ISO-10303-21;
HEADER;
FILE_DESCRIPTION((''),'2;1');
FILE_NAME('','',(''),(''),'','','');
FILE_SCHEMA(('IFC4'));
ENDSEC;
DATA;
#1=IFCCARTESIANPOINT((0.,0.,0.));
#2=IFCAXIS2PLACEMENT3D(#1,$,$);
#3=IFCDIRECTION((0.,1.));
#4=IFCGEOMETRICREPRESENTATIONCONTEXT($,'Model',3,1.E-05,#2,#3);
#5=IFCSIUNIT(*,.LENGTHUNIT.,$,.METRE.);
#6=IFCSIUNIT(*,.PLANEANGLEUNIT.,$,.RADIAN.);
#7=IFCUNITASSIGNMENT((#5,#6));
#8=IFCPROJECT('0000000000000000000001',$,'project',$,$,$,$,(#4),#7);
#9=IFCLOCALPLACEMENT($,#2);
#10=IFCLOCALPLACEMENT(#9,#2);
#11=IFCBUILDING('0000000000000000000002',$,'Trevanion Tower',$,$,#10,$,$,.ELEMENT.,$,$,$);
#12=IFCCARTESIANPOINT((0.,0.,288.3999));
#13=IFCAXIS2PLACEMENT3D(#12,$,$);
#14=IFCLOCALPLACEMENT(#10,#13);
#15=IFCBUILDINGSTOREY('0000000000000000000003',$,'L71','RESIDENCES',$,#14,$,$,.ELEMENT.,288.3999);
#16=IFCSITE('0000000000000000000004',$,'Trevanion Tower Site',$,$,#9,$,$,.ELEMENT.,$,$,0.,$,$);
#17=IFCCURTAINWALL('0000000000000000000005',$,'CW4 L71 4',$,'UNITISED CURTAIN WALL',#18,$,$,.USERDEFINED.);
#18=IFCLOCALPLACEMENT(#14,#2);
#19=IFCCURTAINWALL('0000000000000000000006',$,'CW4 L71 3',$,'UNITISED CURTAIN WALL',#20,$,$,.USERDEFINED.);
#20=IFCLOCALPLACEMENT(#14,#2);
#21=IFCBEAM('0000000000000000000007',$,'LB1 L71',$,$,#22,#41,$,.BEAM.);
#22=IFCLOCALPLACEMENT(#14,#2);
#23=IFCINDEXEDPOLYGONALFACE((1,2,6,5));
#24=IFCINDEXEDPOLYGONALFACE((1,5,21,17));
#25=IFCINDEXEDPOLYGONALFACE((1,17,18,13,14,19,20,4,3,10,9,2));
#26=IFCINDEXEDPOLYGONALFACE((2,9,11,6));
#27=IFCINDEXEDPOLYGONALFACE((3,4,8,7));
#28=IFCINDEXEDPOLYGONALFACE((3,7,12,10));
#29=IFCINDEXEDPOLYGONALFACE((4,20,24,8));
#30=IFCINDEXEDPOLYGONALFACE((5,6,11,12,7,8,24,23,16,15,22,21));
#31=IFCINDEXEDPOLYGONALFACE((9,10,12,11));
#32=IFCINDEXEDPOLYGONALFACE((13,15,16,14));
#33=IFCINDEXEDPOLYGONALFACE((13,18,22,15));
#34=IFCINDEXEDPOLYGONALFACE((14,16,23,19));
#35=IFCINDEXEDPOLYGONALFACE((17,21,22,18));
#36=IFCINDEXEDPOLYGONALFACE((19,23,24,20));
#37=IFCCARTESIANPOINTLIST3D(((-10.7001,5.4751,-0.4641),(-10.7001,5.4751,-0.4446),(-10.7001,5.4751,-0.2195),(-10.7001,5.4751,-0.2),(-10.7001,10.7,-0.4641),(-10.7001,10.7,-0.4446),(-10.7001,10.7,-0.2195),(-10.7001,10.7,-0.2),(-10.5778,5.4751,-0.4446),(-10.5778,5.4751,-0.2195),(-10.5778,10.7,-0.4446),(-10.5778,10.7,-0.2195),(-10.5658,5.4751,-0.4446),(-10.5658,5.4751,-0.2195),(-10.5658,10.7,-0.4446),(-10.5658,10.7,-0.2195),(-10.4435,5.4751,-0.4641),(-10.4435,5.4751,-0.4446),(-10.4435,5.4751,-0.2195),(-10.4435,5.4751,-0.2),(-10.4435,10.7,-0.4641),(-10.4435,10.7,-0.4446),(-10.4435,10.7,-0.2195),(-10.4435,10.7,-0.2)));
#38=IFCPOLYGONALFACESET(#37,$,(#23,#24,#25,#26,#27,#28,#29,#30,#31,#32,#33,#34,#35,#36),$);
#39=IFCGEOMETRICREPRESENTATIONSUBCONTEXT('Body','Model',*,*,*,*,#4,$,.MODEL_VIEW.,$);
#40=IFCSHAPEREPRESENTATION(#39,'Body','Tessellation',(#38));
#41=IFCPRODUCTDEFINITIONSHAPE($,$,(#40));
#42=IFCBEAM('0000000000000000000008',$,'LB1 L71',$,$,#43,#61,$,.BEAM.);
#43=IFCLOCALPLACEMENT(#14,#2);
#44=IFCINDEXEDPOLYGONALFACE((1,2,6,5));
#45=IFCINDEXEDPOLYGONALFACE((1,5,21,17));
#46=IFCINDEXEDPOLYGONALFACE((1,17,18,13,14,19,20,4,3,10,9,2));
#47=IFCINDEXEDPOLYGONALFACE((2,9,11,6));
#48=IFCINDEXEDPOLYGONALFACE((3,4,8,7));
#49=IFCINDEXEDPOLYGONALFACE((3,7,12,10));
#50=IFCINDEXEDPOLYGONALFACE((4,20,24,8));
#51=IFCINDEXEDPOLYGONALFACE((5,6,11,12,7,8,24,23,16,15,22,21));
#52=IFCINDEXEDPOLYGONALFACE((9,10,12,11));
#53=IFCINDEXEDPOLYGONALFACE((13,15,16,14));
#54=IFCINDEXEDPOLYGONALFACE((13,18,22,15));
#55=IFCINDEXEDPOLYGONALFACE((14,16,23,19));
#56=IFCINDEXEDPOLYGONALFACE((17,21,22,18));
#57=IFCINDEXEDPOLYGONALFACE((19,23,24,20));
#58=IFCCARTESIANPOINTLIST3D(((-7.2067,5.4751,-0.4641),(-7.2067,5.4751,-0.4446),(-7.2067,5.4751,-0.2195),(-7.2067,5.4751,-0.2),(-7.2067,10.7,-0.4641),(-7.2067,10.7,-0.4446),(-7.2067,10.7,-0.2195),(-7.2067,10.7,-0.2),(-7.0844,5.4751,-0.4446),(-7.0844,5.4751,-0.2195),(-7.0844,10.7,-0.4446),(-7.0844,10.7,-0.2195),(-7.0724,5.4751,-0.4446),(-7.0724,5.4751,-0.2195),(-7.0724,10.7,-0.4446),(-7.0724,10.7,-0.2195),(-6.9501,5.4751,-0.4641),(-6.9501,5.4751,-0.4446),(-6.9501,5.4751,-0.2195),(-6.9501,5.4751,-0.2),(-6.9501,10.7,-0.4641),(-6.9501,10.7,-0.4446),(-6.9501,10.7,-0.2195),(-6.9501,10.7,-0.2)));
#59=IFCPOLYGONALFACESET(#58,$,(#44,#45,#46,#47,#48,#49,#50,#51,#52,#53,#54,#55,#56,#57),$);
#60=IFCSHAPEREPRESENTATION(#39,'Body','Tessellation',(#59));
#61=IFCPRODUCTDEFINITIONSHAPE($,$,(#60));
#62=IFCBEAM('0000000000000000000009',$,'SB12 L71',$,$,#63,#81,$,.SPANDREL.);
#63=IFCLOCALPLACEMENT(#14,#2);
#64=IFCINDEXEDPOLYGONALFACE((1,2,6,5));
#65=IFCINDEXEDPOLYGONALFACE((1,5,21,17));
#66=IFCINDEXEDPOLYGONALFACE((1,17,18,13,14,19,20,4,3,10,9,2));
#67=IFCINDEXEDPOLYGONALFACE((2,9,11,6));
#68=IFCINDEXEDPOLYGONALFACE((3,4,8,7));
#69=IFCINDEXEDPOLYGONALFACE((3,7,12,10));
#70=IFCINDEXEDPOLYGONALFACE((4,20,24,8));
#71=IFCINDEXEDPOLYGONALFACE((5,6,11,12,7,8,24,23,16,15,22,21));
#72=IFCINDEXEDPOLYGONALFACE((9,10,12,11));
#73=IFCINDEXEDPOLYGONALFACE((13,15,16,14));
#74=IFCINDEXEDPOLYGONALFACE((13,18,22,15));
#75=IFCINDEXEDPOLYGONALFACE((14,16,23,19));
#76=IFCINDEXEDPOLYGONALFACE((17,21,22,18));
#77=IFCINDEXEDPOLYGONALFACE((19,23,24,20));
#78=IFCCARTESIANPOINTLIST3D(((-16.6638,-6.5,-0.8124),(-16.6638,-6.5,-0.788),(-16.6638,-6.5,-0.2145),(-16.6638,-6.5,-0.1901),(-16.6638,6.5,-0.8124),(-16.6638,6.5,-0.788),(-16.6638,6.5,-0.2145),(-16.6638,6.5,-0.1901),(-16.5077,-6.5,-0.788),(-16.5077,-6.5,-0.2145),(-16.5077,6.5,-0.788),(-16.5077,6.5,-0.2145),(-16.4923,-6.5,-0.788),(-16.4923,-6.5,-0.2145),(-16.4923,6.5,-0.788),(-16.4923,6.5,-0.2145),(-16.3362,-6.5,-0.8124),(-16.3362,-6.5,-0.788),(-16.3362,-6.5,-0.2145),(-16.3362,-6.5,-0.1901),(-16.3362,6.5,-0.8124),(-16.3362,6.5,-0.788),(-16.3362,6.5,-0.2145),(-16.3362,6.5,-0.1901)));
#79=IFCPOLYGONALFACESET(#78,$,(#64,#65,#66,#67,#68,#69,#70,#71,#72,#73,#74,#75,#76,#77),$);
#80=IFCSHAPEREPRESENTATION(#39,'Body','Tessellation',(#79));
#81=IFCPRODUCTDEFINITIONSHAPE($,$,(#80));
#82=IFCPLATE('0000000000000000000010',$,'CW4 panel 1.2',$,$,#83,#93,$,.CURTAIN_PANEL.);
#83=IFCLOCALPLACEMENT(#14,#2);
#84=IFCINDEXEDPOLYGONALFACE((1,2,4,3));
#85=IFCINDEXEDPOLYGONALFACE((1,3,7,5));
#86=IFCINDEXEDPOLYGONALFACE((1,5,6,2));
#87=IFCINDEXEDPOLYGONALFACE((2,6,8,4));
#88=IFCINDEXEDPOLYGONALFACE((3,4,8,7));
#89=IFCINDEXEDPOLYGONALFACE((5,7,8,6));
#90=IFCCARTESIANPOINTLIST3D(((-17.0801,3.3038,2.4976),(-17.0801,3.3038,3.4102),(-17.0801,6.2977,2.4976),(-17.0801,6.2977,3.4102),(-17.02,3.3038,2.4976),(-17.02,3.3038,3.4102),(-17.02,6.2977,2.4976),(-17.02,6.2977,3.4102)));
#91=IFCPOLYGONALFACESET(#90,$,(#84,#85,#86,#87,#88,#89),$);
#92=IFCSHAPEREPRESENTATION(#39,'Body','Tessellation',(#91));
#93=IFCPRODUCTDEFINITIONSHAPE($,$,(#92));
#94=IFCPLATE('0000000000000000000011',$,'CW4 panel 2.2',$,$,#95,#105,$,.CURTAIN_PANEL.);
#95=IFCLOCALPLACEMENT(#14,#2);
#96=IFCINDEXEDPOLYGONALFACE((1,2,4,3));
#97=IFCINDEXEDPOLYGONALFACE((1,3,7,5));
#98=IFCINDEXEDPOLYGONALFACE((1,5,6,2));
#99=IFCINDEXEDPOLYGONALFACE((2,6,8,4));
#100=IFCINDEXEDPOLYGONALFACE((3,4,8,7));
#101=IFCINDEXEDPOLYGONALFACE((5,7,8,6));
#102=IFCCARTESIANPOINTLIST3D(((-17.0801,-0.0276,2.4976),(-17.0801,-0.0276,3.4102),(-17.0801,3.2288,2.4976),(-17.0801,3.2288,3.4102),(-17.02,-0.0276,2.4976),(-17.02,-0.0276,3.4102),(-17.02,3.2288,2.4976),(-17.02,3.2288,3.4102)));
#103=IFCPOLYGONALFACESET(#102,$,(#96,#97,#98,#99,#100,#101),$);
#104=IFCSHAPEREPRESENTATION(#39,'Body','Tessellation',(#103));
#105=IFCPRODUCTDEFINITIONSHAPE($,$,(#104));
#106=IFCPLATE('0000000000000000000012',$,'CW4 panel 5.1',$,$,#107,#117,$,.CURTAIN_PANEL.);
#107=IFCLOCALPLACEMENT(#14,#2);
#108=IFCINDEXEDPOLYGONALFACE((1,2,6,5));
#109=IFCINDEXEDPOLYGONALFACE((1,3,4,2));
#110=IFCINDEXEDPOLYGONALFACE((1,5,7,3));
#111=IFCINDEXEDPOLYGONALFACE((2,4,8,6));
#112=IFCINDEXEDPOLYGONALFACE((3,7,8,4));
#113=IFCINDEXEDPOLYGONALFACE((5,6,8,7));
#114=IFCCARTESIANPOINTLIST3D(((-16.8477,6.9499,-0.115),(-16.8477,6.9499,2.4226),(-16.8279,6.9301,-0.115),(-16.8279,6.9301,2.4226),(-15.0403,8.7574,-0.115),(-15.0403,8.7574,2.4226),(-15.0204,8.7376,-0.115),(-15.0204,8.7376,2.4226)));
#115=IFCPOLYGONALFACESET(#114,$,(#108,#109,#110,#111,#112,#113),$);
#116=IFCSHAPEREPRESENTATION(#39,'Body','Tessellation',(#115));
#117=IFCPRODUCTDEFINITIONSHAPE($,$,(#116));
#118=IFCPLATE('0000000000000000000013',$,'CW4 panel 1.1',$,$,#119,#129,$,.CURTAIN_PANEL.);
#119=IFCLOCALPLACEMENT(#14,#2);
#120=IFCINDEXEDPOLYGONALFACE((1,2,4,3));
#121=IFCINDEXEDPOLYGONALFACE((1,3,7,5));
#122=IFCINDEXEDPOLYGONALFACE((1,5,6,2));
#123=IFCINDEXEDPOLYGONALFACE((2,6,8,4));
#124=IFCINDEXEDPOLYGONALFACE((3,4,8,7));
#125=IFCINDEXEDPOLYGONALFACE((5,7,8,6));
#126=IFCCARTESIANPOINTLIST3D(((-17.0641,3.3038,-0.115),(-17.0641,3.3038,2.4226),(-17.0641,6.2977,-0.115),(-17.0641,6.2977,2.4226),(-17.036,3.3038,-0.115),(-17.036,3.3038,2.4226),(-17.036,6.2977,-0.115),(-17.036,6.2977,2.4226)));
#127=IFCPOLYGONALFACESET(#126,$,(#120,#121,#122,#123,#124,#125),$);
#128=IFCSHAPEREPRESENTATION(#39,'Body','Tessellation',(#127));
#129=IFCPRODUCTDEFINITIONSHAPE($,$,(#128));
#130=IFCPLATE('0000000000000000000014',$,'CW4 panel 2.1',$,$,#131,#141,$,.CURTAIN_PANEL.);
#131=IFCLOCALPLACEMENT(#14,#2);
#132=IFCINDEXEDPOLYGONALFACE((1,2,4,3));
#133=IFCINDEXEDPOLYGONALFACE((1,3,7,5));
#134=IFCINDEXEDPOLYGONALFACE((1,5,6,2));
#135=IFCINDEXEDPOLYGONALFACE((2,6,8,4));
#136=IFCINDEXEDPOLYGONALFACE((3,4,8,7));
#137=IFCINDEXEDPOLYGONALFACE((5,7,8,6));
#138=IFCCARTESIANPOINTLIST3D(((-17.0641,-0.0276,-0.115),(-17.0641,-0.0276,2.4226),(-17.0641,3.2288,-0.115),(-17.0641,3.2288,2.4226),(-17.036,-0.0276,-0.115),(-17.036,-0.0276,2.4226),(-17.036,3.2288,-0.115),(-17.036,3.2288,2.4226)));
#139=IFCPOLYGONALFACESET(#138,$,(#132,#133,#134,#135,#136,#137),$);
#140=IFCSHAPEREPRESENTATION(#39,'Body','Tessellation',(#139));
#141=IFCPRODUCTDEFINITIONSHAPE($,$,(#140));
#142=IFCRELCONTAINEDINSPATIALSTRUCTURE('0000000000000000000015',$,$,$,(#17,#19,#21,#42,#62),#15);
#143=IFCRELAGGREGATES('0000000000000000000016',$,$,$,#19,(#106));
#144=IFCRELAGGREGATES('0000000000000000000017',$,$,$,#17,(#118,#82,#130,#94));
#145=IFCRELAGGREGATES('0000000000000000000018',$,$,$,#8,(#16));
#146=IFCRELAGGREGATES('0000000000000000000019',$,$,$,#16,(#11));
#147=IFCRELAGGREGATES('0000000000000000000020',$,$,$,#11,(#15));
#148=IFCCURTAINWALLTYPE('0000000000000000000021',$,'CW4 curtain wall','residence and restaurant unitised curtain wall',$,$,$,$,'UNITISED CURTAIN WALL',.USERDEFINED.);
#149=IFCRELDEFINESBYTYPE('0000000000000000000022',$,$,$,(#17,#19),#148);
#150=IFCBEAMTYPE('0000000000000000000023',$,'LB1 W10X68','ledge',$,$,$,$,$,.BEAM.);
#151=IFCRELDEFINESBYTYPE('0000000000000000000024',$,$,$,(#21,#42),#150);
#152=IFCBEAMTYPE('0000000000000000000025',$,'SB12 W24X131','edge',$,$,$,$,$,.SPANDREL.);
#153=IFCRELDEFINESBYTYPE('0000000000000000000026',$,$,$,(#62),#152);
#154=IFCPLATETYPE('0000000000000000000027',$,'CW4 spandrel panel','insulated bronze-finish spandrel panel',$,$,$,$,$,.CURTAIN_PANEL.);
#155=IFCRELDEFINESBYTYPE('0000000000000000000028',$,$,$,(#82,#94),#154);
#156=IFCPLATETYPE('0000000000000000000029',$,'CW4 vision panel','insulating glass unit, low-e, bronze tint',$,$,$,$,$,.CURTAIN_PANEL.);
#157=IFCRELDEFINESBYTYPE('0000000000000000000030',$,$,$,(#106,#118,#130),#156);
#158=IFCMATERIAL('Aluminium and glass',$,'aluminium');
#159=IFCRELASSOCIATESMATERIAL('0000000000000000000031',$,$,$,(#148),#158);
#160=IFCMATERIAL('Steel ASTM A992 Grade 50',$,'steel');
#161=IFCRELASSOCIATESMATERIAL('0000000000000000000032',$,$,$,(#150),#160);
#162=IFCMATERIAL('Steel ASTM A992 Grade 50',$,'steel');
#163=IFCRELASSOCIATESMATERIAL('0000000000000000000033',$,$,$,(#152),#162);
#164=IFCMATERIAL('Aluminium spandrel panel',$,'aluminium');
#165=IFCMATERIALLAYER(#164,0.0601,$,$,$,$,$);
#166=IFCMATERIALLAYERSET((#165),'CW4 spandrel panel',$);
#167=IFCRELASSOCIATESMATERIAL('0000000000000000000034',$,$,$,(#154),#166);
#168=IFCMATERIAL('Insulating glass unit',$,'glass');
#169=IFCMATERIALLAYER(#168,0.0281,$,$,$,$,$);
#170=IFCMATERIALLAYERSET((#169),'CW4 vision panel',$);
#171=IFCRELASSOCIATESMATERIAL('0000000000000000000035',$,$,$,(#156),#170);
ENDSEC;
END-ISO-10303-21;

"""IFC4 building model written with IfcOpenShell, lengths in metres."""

from ifc_helpers import new_model, si_unit, direction, frame, origin, origin_2d, place, context, subcontext, project, spatial, rectangle, i_section, extrude, material, layer, layer_set, material_profile, profile_set, type_object, element, aggregate, save


model = new_model("IFC4")

# Units and contexts
model_context = context("Model", 3, precision=1e-05, world=origin(), true_north=direction((0.0, 1.0)))
body_context = subcontext(model_context, "Body", "Model", "MODEL_VIEW")
ifc_project = project(units=[si_unit("LENGTHUNIT", "METRE"), si_unit("PLANEANGLEUNIT", "RADIAN")], contexts=[model_context])

# Site, building, storey
site_placement = place(None, origin())
site = spatial("IfcSite", under=ifc_project, at=site_placement, Name="Trevanion Tower Site", CompositionType="ELEMENT", RefElevation=0.0)
building_placement = place(site_placement, origin())
building = spatial("IfcBuilding", under=site, at=building_placement, Name="Trevanion Tower", CompositionType="ELEMENT")
storey_placement = place(building_placement, frame((0.0, 0.0, 288.3999)))
storey = spatial("IfcBuildingStorey", under=building, at=storey_placement, Name="L71", Description="RESIDENCES", CompositionType="ELEMENT", Elevation=288.3999)

# Curtain walls
ifc_material_1 = material(Name="Aluminium and glass", Category="aluminium")
curtain_wall_type = type_object("IfcCurtainWallType", Name="CW4 curtain wall", Description="residence and restaurant unitised curtain wall", ElementType="UNITISED CURTAIN WALL", PredefinedType="USERDEFINED", material=ifc_material_1)
curtain_wall_1_placement = place(storey_placement, origin())
curtain_wall_1 = element("IfcCurtainWall", 1, at=curtain_wall_1_placement, inside=storey, type_object=curtain_wall_type, Name="CW4 L71 4", ObjectType="UNITISED CURTAIN WALL", PredefinedType="USERDEFINED")
curtain_wall_2_placement = place(storey_placement, origin())
curtain_wall_2 = element("IfcCurtainWall", 2, at=curtain_wall_2_placement, inside=storey, type_object=curtain_wall_type, Name="CW4 L71 3", ObjectType="UNITISED CURTAIN WALL", PredefinedType="USERDEFINED")

# Beams
ifc_material_2 = material(Name="Steel ASTM A992 Grade 50", Category="steel")
ifc_material_profile_1 = material_profile(ifc_material_2, i_section(OverallWidth=0.2566, OverallDepth=0.2642, WebThickness=0.012, FlangeThickness=0.0195, at=origin_2d()), Name="W10X68")
ifc_profile_set_1 = profile_set([ifc_material_profile_1], Name="Steel ASTM A992 Grade 50")
beam_type_1 = type_object("IfcBeamType", Name="LB1 W10X68", Description="ledge", PredefinedType="BEAM", material=ifc_profile_set_1)
for number, where, z_axis, x_axis, name in (
    (3, (-10.5718, 5.4751, -0.332), (0.0, 1.0, 0.0), (-1.0, 0.0, 0.0), "LB1 L71"),
    (4, (-7.0784, 5.4751, -0.332), (0.0, 1.0, 0.0), (-1.0, 0.0, 0.0), "LB1 L71"),
):
    element("IfcBeam", number, at=place(storey_placement, frame(where, z_axis=z_axis, x_axis=x_axis)), inside=storey, type_object=beam_type_1, Name=name, PredefinedType="BEAM", context=body_context, shape_type="SweptSolid", body=[
        extrude(i_section(OverallWidth=0.2566, OverallDepth=0.2642, WebThickness=0.012, FlangeThickness=0.0195, at=origin_2d()), origin(), (0.0, 0.0, 1.0), 5.2249),
    ])
ifc_material_3 = material(Name="Steel ASTM A992 Grade 50", Category="steel")
ifc_material_profile_2 = material_profile(ifc_material_3, i_section(OverallWidth=0.3276, OverallDepth=0.6223, WebThickness=0.0154, FlangeThickness=0.0244, at=origin_2d()), Name="W24X131")
ifc_profile_set_2 = profile_set([ifc_material_profile_2], Name="Steel ASTM A992 Grade 50")
beam_type_2 = type_object("IfcBeamType", Name="SB12 W24X131", Description="edge", PredefinedType="SPANDREL", material=ifc_profile_set_2)
beam_1_placement = place(storey_placement, frame((-16.5, 6.5, -0.5012), z_axis=(0.0, -1.0, 0.0), x_axis=(1.0, 0.0, 0.0)))
element("IfcBeam", 5, at=beam_1_placement, inside=storey, type_object=beam_type_2, Name="SB12 L71", PredefinedType="SPANDREL", context=body_context, shape_type="SweptSolid", body=[
    extrude(i_section(OverallWidth=0.3276, OverallDepth=0.6223, WebThickness=0.0154, FlangeThickness=0.0244, at=origin_2d()), origin(), (0.0, 0.0, 1.0), 13.0),
])

# Plates
ifc_material_4 = material(Name="Aluminium spandrel panel", Category="aluminium")
ifc_layer_1 = layer(ifc_material_4, 0.0601)
ifc_layer_set_1 = layer_set([ifc_layer_1], Name="CW4 spandrel panel")
plate_type_1 = type_object("IfcPlateType", Name="CW4 spandrel panel", Description="insulated bronze-finish spandrel panel", PredefinedType="CURTAIN_PANEL", material=ifc_layer_set_1)
plate_1_placement = place(storey_placement, frame((-17.05, 4.8008, 2.4976), z_axis=(0.0, 0.0, 1.0), x_axis=(0.0, -1.0, 0.0)))
plate_1 = element("IfcPlate", 6, at=plate_1_placement, type_object=plate_type_1, Name="CW4 panel 1.2", PredefinedType="CURTAIN_PANEL", context=body_context, shape_type="SweptSolid", body=[
    extrude(rectangle(XDim=2.9939, YDim=0.0601, at=origin_2d()), origin(), (0.0, 0.0, 1.0), 0.9126),
])
plate_2_placement = place(storey_placement, frame((-17.05, 1.6006, 2.4976), z_axis=(0.0, 0.0, 1.0), x_axis=(0.0, -1.0, 0.0)))
plate_2 = element("IfcPlate", 7, at=plate_2_placement, type_object=plate_type_1, Name="CW4 panel 2.2", PredefinedType="CURTAIN_PANEL", context=body_context, shape_type="SweptSolid", body=[
    extrude(rectangle(XDim=3.2563, YDim=0.0601, at=origin_2d()), origin(), (0.0, 0.0, 1.0), 0.9126),
])
ifc_material_5 = material(Name="Insulating glass unit", Category="glass")
ifc_layer_2 = layer(ifc_material_5, 0.0281)
ifc_layer_set_2 = layer_set([ifc_layer_2], Name="CW4 vision panel")
plate_type_2 = type_object("IfcPlateType", Name="CW4 vision panel", Description="insulating glass unit, low-e, bronze tint", PredefinedType="CURTAIN_PANEL", material=ifc_layer_set_2)
plate_3_placement = place(storey_placement, frame((-15.9341, 7.8438, -0.115), z_axis=(0.0, 0.0, 1.0), x_axis=(-0.707107, -0.707107, 0.0)))
plate_3 = element("IfcPlate", 8, at=plate_3_placement, type_object=plate_type_2, Name="CW4 panel 5.1", PredefinedType="CURTAIN_PANEL", context=body_context, shape_type="SweptSolid", body=[
    extrude(rectangle(XDim=2.5562, YDim=0.0281, at=origin_2d()), origin(), (0.0, 0.0, 1.0), 2.5376),
])
aggregate(curtain_wall_2, [plate_3])
plate_4_placement = place(storey_placement, frame((-17.05, 4.8008, -0.115), z_axis=(0.0, 0.0, 1.0), x_axis=(0.0, -1.0, 0.0)))
plate_4 = element("IfcPlate", 9, at=plate_4_placement, type_object=plate_type_2, Name="CW4 panel 1.1", PredefinedType="CURTAIN_PANEL", context=body_context, shape_type="SweptSolid", body=[
    extrude(rectangle(XDim=2.9939, YDim=0.0281, at=origin_2d()), origin(), (0.0, 0.0, 1.0), 2.5376),
])
plate_5_placement = place(storey_placement, frame((-17.05, 1.6006, -0.115), z_axis=(0.0, 0.0, 1.0), x_axis=(0.0, -1.0, 0.0)))
plate_5 = element("IfcPlate", 10, at=plate_5_placement, type_object=plate_type_2, Name="CW4 panel 2.1", PredefinedType="CURTAIN_PANEL", context=body_context, shape_type="SweptSolid", body=[
    extrude(rectangle(XDim=3.2563, YDim=0.0281, at=origin_2d()), origin(), (0.0, 0.0, 1.0), 2.5376),
])
aggregate(curtain_wall_1, [plate_4, plate_1, plate_5, plate_2])

save(model, "model.ifc")
